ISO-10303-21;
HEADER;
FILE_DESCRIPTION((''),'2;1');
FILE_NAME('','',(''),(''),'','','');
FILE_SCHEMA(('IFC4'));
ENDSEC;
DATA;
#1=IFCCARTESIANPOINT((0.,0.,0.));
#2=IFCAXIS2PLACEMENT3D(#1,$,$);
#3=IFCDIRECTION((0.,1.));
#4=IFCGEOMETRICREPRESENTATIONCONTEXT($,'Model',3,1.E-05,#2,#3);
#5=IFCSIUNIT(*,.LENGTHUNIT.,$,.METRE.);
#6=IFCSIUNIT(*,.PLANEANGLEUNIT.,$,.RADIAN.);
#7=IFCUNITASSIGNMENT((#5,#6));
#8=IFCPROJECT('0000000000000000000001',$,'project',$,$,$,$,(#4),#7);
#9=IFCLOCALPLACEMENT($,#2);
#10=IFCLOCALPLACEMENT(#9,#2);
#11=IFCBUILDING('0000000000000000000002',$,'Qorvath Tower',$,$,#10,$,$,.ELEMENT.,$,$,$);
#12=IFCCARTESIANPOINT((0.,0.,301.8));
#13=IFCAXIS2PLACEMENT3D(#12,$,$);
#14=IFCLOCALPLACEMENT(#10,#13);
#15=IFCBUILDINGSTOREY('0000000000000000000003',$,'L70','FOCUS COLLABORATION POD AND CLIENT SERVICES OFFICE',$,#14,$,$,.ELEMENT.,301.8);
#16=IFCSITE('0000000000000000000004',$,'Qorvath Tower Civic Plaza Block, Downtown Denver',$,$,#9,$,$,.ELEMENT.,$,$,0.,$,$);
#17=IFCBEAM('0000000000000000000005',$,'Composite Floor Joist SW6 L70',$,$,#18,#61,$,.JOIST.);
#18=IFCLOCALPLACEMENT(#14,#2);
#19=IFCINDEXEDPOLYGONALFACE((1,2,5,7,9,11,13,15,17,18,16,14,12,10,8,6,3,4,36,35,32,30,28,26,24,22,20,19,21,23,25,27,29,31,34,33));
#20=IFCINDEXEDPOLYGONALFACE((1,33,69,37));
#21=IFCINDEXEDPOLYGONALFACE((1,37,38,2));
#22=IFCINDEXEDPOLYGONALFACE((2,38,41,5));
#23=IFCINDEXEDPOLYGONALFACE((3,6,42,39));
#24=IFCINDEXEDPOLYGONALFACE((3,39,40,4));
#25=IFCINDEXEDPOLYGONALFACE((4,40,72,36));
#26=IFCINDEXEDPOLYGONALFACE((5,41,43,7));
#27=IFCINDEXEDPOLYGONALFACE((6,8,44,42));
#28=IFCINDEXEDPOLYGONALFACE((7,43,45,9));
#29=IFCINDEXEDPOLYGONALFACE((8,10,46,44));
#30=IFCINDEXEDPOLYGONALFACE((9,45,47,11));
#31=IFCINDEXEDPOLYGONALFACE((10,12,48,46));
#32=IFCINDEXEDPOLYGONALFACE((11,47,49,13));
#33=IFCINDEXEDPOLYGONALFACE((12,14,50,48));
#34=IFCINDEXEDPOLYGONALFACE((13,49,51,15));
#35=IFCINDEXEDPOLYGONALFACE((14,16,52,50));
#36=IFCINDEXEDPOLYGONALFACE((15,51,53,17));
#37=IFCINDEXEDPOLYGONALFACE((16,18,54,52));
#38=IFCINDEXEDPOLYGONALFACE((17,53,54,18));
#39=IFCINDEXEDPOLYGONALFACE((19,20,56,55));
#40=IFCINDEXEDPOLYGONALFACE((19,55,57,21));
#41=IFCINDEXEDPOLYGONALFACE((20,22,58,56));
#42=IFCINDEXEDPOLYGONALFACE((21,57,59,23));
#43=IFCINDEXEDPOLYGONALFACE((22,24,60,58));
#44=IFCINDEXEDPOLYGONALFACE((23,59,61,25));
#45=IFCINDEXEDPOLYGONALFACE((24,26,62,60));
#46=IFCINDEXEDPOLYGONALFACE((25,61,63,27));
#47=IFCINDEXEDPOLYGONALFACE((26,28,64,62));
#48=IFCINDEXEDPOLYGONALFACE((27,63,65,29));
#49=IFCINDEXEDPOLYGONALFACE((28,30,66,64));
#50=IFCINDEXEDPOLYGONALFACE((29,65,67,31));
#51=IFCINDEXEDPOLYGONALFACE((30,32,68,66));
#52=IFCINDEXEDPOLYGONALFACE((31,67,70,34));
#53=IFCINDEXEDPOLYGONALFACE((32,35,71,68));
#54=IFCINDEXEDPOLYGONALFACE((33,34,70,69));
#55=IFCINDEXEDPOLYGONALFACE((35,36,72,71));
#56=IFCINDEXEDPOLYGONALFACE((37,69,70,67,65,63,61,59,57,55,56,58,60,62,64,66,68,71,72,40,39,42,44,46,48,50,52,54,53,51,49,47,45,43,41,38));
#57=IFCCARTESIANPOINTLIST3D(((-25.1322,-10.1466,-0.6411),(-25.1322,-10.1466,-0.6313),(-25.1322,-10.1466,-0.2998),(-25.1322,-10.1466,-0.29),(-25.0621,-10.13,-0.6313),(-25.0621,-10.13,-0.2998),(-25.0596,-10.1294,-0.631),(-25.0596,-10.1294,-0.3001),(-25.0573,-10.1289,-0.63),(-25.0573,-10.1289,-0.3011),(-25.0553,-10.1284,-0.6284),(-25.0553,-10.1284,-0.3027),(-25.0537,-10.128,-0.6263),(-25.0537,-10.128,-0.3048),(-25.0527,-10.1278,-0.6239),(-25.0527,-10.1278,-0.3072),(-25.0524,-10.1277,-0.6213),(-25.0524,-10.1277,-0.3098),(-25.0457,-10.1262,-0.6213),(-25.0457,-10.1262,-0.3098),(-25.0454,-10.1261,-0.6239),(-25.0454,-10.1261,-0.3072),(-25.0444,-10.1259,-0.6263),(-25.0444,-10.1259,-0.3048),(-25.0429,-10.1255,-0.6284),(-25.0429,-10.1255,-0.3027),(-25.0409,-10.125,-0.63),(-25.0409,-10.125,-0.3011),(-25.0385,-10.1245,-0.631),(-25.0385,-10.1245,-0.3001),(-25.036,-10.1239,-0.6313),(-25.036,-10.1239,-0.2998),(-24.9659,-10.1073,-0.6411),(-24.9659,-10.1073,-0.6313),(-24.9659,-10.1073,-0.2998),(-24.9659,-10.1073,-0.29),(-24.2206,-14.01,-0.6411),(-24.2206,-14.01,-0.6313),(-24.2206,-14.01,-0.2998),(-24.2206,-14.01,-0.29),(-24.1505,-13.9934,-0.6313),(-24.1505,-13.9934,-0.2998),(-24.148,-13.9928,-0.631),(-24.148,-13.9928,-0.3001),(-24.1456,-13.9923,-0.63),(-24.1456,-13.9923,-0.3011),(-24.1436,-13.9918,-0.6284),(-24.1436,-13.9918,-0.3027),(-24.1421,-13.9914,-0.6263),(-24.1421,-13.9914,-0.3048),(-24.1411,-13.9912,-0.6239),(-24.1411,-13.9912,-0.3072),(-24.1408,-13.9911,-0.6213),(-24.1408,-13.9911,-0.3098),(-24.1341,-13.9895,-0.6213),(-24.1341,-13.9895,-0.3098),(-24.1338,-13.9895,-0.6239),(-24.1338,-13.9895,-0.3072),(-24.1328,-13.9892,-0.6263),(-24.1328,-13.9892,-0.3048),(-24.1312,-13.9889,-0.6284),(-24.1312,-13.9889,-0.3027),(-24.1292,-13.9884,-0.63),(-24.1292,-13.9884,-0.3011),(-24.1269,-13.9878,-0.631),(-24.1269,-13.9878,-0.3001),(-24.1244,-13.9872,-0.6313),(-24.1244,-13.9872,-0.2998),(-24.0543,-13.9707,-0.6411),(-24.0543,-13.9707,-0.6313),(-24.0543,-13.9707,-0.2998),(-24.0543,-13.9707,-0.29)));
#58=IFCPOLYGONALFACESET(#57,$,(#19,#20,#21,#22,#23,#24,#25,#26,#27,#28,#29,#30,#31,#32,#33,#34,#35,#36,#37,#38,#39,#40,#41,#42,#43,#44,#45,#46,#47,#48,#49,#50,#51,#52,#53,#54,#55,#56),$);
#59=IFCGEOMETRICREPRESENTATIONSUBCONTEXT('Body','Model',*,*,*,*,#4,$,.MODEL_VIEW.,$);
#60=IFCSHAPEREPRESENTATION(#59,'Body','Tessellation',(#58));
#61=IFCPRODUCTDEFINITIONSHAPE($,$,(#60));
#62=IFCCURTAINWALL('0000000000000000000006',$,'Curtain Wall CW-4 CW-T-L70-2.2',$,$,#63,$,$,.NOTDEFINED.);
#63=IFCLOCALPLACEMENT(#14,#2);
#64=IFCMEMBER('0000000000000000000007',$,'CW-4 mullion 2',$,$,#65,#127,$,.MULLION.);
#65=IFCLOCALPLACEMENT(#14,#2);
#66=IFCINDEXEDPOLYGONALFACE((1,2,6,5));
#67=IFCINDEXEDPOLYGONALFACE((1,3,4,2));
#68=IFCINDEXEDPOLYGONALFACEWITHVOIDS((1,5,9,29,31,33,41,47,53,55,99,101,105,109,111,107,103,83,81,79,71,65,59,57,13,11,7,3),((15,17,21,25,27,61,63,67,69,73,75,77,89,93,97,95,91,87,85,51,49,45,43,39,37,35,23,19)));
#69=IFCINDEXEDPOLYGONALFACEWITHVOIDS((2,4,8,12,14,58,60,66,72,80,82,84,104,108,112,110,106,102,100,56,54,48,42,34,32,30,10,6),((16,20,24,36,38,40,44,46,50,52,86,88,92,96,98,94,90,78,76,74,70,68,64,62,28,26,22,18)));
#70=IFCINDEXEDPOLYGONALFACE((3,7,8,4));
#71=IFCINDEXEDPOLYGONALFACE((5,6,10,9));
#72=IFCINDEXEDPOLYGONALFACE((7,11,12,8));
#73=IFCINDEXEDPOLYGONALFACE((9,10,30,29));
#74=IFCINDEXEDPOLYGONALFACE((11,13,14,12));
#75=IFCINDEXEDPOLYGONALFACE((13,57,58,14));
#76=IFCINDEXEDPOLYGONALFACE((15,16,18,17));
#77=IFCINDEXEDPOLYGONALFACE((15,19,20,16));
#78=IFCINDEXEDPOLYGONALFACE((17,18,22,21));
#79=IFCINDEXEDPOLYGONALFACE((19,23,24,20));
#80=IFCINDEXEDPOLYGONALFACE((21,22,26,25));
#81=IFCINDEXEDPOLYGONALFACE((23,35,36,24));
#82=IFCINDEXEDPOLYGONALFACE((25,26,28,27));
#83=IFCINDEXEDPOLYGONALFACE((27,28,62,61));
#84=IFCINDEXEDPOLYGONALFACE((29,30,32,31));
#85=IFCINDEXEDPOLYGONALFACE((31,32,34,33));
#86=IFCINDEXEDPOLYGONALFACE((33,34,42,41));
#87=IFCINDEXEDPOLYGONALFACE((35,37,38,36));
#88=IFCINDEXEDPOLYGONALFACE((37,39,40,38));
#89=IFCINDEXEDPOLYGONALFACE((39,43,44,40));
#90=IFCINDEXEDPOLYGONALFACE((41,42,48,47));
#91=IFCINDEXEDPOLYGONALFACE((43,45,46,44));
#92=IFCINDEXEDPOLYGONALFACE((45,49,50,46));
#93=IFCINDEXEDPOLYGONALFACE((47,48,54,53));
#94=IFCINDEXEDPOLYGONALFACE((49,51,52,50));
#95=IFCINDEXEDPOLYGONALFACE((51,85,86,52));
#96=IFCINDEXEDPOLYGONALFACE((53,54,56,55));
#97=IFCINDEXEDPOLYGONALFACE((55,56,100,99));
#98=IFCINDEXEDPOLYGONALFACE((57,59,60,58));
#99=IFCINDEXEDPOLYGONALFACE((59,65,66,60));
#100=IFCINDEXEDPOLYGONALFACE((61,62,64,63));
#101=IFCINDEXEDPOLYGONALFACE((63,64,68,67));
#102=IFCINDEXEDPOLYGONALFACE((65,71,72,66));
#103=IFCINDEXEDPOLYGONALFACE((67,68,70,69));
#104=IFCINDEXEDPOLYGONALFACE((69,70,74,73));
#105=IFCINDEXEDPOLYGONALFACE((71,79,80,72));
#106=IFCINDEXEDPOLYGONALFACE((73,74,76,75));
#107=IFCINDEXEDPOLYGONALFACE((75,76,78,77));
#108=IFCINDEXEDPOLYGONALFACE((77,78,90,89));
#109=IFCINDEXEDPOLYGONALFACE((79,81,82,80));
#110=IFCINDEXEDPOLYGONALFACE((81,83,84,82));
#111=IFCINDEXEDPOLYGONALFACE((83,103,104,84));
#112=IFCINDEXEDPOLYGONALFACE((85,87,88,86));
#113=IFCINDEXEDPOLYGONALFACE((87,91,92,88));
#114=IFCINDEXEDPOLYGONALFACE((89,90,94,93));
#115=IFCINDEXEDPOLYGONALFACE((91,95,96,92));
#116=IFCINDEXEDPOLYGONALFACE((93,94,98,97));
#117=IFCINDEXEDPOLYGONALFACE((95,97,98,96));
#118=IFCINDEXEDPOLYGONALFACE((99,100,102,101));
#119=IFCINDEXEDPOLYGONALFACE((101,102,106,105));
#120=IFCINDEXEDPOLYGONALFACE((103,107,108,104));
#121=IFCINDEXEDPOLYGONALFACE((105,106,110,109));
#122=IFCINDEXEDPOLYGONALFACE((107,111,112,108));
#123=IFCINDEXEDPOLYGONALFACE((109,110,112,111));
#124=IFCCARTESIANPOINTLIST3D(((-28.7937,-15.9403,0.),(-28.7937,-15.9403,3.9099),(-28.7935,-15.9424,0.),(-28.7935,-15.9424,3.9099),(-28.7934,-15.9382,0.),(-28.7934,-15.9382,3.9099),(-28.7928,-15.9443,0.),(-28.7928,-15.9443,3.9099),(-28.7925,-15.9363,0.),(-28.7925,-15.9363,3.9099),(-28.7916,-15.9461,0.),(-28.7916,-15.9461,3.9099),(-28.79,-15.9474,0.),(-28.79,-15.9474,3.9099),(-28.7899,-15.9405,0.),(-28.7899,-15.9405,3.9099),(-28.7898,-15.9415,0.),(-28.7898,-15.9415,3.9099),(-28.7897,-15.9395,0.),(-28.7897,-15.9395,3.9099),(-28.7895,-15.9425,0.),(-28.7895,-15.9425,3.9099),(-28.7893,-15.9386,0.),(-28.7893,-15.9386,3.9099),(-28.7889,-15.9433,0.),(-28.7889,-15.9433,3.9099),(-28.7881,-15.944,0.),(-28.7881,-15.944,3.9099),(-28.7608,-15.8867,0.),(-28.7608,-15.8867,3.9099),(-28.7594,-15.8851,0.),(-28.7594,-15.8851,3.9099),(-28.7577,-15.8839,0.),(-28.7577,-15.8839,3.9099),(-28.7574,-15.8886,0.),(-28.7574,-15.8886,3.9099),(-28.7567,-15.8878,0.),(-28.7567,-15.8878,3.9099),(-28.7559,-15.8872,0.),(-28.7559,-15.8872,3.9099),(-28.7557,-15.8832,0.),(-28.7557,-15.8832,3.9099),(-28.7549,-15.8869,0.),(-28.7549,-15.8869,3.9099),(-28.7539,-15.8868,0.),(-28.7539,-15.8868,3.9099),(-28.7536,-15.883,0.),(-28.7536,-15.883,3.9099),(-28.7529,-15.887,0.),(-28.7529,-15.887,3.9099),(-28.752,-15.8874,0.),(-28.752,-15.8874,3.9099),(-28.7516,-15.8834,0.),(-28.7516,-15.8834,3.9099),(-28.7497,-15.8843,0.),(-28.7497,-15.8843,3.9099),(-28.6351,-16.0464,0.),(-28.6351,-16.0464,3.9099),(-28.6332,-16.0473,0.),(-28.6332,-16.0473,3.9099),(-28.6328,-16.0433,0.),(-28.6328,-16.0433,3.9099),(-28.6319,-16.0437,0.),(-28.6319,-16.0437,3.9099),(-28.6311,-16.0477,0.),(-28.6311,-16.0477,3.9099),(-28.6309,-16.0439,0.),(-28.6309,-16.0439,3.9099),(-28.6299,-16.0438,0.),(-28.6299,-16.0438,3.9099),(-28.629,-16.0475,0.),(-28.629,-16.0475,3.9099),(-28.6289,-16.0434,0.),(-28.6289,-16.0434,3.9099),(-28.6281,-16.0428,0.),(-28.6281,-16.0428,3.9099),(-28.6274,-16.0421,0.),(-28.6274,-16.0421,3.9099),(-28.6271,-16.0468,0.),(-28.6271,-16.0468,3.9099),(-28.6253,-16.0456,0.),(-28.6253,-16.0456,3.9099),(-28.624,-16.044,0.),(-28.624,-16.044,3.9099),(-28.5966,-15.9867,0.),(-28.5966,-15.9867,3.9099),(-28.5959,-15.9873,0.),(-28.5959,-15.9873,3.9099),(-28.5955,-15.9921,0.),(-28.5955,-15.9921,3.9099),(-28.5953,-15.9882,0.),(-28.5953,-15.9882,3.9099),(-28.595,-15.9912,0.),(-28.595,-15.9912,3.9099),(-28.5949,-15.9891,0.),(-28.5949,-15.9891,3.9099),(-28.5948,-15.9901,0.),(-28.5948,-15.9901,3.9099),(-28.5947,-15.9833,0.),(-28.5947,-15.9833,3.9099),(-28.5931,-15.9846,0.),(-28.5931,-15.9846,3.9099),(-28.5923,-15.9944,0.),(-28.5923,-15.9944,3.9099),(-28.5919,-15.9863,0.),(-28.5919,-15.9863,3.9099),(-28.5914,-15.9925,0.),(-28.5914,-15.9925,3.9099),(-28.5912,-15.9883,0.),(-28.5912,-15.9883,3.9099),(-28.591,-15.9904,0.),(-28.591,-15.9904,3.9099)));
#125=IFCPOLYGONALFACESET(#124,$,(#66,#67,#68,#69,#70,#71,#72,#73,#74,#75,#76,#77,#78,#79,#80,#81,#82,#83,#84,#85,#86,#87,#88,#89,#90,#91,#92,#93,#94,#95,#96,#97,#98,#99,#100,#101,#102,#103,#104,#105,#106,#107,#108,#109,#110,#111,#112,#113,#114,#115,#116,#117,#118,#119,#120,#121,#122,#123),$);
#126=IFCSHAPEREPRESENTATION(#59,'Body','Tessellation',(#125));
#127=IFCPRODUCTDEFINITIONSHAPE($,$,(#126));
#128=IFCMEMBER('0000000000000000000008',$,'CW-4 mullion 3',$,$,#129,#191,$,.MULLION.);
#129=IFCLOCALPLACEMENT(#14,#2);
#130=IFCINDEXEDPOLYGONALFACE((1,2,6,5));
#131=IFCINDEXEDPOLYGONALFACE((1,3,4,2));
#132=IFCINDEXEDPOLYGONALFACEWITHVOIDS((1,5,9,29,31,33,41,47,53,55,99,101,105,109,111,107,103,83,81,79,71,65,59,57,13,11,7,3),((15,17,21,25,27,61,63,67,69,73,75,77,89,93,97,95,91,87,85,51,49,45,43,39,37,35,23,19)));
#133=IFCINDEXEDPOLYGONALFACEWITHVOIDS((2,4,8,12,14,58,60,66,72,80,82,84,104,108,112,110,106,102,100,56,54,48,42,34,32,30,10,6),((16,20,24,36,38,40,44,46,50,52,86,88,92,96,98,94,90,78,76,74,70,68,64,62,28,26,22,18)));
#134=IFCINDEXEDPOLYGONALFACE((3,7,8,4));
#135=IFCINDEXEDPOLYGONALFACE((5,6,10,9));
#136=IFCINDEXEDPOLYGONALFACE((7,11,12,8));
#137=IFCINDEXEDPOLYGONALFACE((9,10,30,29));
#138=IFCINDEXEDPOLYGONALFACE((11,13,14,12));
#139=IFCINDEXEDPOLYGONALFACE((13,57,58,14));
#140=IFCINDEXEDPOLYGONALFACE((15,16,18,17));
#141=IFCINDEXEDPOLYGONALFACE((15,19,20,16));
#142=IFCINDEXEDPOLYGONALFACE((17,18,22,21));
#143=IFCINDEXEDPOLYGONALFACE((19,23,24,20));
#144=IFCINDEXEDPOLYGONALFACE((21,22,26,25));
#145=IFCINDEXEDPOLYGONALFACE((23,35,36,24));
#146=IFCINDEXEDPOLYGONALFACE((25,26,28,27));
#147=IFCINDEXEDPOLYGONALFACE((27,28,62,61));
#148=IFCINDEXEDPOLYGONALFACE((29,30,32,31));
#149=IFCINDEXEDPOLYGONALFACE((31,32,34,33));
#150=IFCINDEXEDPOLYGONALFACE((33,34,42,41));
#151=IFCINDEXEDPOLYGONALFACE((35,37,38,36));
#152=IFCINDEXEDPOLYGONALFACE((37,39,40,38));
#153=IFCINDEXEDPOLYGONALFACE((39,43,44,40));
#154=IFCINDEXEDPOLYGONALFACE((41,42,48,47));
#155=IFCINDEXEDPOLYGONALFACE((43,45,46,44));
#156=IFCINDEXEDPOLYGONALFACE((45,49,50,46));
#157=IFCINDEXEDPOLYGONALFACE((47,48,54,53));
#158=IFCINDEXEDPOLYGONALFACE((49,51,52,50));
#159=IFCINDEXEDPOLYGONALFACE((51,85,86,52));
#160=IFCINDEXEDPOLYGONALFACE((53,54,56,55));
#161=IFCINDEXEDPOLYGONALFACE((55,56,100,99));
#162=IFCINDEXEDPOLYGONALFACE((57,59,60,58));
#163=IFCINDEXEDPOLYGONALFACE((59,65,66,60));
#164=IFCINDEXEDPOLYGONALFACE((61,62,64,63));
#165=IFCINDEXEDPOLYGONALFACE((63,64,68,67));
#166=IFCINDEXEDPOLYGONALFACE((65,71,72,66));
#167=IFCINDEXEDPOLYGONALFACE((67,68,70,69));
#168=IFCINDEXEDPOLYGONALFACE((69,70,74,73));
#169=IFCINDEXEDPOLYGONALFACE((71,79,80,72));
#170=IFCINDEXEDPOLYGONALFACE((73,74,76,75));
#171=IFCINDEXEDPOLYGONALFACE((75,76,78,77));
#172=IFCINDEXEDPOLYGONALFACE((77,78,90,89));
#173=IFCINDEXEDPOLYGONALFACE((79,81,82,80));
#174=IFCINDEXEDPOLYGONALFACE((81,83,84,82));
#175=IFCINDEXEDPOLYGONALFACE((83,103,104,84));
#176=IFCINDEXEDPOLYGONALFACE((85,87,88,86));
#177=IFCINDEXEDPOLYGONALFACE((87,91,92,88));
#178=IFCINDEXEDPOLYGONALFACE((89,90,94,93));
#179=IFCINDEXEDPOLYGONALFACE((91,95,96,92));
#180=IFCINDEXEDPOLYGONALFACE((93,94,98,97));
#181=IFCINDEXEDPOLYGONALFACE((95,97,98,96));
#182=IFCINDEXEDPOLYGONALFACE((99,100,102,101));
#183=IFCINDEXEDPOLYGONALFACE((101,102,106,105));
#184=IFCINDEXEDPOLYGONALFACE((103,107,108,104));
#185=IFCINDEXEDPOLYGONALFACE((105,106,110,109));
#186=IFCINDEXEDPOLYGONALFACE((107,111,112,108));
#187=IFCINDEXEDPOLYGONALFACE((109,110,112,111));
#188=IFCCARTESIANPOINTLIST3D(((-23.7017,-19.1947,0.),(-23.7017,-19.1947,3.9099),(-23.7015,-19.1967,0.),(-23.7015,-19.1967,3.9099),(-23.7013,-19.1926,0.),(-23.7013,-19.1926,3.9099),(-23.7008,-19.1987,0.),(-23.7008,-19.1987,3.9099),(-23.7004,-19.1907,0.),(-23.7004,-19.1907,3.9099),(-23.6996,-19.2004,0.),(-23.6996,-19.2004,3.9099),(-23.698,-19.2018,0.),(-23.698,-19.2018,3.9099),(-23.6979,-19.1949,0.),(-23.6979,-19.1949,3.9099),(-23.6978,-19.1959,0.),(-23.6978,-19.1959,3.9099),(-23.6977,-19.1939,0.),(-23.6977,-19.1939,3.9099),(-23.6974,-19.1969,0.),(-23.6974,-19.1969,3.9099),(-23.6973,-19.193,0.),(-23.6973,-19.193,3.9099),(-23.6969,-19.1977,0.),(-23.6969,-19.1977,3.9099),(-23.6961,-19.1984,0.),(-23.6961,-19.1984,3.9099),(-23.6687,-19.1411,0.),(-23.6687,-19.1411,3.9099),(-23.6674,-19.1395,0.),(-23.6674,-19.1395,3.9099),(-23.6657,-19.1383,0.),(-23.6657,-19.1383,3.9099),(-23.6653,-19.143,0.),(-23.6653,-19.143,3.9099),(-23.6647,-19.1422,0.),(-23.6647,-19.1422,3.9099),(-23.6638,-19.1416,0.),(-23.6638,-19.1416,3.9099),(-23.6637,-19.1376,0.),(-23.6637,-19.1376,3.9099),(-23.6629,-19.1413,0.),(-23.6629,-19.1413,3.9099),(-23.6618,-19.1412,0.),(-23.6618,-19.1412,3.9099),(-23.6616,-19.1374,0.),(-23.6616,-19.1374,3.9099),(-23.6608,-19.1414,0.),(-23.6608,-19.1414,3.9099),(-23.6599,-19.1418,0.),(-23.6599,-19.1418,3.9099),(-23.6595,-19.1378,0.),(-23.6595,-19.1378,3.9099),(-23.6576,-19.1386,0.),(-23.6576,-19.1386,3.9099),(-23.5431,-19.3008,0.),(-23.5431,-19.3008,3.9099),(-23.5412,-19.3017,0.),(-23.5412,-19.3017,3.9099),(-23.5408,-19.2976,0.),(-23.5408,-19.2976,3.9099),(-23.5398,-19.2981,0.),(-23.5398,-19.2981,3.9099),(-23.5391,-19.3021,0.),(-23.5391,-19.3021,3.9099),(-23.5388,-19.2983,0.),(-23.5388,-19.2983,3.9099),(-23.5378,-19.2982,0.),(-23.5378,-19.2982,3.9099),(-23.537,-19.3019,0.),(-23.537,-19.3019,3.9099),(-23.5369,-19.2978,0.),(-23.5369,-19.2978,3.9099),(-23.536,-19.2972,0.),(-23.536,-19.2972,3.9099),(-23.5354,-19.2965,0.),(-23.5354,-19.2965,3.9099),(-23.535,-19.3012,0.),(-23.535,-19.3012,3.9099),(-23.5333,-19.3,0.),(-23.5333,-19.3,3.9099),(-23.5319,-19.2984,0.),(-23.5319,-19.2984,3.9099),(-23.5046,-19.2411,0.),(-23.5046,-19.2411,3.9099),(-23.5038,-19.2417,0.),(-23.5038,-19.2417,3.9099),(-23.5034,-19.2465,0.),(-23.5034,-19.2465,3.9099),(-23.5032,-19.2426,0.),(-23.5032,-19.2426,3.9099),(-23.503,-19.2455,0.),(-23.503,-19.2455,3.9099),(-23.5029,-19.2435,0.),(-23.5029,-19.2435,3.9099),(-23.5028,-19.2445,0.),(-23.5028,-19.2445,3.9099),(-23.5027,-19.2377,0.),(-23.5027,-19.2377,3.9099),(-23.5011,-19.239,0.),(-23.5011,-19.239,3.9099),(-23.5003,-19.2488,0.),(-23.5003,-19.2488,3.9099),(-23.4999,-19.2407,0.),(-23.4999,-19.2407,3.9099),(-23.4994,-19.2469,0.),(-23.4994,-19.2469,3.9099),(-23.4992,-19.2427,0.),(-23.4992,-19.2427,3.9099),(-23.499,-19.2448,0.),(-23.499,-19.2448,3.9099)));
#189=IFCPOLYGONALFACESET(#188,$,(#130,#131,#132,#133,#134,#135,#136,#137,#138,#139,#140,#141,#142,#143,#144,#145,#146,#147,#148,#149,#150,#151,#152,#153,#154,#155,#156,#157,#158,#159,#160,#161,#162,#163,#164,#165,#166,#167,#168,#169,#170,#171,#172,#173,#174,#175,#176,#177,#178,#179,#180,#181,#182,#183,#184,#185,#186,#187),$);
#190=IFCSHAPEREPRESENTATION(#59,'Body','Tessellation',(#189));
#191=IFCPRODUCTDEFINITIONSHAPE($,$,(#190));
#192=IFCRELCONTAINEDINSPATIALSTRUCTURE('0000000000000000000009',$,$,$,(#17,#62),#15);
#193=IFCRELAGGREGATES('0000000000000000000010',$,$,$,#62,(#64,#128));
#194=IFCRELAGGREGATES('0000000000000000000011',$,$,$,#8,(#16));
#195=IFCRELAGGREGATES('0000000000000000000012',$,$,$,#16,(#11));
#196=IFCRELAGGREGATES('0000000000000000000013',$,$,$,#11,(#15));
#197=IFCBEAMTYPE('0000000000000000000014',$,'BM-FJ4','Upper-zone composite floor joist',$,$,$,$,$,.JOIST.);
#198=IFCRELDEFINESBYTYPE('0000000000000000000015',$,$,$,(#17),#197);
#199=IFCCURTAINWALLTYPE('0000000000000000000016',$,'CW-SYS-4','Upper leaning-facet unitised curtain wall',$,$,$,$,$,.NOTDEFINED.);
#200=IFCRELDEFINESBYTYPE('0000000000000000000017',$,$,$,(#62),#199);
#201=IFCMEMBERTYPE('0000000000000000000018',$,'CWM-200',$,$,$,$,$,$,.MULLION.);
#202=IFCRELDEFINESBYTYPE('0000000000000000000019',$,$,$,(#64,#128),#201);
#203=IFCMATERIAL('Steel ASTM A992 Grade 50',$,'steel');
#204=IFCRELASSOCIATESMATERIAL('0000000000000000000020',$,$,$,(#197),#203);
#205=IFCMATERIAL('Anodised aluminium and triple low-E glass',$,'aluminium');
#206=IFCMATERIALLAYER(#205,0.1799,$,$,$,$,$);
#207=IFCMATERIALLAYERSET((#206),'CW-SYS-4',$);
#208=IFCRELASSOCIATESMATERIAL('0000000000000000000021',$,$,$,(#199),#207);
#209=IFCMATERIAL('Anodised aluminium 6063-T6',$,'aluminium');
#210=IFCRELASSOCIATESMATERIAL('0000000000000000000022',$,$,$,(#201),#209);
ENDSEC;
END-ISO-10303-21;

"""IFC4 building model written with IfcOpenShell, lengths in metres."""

from ifc_helpers import new_model, si_unit, direction, frame, origin, origin_2d, place, context, subcontext, project, spatial, hollow_rectangle, i_section, extrude, material, layer, layer_set, material_profile, profile_set, type_object, element, aggregate, save


model = new_model("IFC4")

# Units and contexts
model_context = context("Model", 3, precision=1e-05, world=origin(), true_north=direction((0.0, 1.0)))
body_context = subcontext(model_context, "Body", "Model", "MODEL_VIEW")
ifc_project = project(units=[si_unit("LENGTHUNIT", "METRE"), si_unit("PLANEANGLEUNIT", "RADIAN")], contexts=[model_context])

# Site, building, storey
site_placement = place(None, origin())
site = spatial("IfcSite", under=ifc_project, at=site_placement, Name="Qorvath Tower Civic Plaza Block, Downtown Denver", CompositionType="ELEMENT", RefElevation=0.0)
building_placement = place(site_placement, origin())
building = spatial("IfcBuilding", under=site, at=building_placement, Name="Qorvath Tower", CompositionType="ELEMENT")
storey_placement = place(building_placement, frame((0.0, 0.0, 301.8)))
storey = spatial("IfcBuildingStorey", under=building, at=storey_placement, Name="L70", Description="FOCUS COLLABORATION POD AND CLIENT SERVICES OFFICE", CompositionType="ELEMENT", Elevation=301.8)

# Beam
ifc_material_1 = material(Name="Steel ASTM A992 Grade 50", Category="steel")
ifc_material_profile_1 = material_profile(ifc_material_1, i_section(OverallWidth=0.1709, OverallDepth=0.3511, WebThickness=0.0068, FlangeThickness=0.0098, FilletRadius=0.01, at=origin_2d()), Name="W14x30")
ifc_profile_set_1 = profile_set([ifc_material_profile_1], Name="Steel ASTM A992 Grade 50")
beam_type_1 = type_object("IfcBeamType", Name="BM-FJ4", Description="Upper-zone composite floor joist", PredefinedType="JOIST", material=ifc_profile_set_1)
beam_1_placement = place(storey_placement, frame((-25.0491, -10.127, -0.4656), z_axis=(0.229663, -0.97327, 0.0), x_axis=(0.97327, 0.229663, 0.0)))
element("IfcBeam", 1, at=beam_1_placement, inside=storey, type_object=beam_type_1, Name="Composite Floor Joist SW6 L70", PredefinedType="JOIST", context=body_context, shape_type="SweptSolid", body=[
    extrude(i_section(OverallWidth=0.1709, OverallDepth=0.3511, WebThickness=0.0068, FlangeThickness=0.0098, FilletRadius=0.01, at=origin_2d()), origin(), (0.0, 0.0, 1.0), 3.9695),
])

# Curtain wall, members
ifc_material_2 = material(Name="Anodised aluminium and triple low-E glass", Category="aluminium")
ifc_layer_1 = layer(ifc_material_2, 0.1799)
ifc_layer_set_1 = layer_set([ifc_layer_1], Name="CW-SYS-4")
curtain_wall_type = type_object("IfcCurtainWallType", Name="CW-SYS-4", Description="Upper leaning-facet unitised curtain wall", PredefinedType="NOTDEFINED", material=ifc_layer_set_1)
curtain_wall_placement = place(storey_placement, origin())
curtain_wall = element("IfcCurtainWall", 2, at=curtain_wall_placement, inside=storey, type_object=curtain_wall_type, Name="Curtain Wall CW-4 CW-T-L70-2.2", PredefinedType="NOTDEFINED")
ifc_material_3 = material(Name="Anodised aluminium 6063-T6", Category="aluminium")
ifc_material_profile_2 = material_profile(ifc_material_3, hollow_rectangle(XDim=0.075, YDim=0.2, WallThickness=0.0039, InnerFilletRadius=0.0039, OuterFilletRadius=0.0081, at=origin_2d()), Name="CWM 200x75")
ifc_profile_set_2 = profile_set([ifc_material_profile_2], Name="Anodised aluminium 6063-T6")
member_type_1 = type_object("IfcMemberType", Name="CWM-200", PredefinedType="MULLION", material=ifc_profile_set_2)
member_1_placement = place(storey_placement, frame((-28.6924, -15.9653, 0.0), z_axis=(0.0, 0.0, 1.0), x_axis=(0.538535, 0.842603, 0.0)))
member_1 = element("IfcMember", 3, at=member_1_placement, type_object=member_type_1, Name="CW-4 mullion 2", PredefinedType="MULLION", context=body_context, shape_type="SweptSolid", body=[
    extrude(hollow_rectangle(XDim=0.075, YDim=0.2, WallThickness=0.0039, InnerFilletRadius=0.0039, OuterFilletRadius=0.0081, at=origin_2d()), origin(), (0.0, 0.0, 1.0), 3.9099),
])
member_2_placement = place(storey_placement, frame((-23.6003, -19.2197, 0.0), z_axis=(0.0, 0.0, 1.0), x_axis=(0.538535, 0.842603, 0.0)))
member_2 = element("IfcMember", 4, at=member_2_placement, type_object=member_type_1, Name="CW-4 mullion 3", PredefinedType="MULLION", context=body_context, shape_type="SweptSolid", body=[
    extrude(hollow_rectangle(XDim=0.075, YDim=0.2, WallThickness=0.0039, InnerFilletRadius=0.0039, OuterFilletRadius=0.0081, at=origin_2d()), origin(), (0.0, 0.0, 1.0), 3.9099),
])
aggregate(curtain_wall, [member_1, member_2])

save(model, "model.ifc")
